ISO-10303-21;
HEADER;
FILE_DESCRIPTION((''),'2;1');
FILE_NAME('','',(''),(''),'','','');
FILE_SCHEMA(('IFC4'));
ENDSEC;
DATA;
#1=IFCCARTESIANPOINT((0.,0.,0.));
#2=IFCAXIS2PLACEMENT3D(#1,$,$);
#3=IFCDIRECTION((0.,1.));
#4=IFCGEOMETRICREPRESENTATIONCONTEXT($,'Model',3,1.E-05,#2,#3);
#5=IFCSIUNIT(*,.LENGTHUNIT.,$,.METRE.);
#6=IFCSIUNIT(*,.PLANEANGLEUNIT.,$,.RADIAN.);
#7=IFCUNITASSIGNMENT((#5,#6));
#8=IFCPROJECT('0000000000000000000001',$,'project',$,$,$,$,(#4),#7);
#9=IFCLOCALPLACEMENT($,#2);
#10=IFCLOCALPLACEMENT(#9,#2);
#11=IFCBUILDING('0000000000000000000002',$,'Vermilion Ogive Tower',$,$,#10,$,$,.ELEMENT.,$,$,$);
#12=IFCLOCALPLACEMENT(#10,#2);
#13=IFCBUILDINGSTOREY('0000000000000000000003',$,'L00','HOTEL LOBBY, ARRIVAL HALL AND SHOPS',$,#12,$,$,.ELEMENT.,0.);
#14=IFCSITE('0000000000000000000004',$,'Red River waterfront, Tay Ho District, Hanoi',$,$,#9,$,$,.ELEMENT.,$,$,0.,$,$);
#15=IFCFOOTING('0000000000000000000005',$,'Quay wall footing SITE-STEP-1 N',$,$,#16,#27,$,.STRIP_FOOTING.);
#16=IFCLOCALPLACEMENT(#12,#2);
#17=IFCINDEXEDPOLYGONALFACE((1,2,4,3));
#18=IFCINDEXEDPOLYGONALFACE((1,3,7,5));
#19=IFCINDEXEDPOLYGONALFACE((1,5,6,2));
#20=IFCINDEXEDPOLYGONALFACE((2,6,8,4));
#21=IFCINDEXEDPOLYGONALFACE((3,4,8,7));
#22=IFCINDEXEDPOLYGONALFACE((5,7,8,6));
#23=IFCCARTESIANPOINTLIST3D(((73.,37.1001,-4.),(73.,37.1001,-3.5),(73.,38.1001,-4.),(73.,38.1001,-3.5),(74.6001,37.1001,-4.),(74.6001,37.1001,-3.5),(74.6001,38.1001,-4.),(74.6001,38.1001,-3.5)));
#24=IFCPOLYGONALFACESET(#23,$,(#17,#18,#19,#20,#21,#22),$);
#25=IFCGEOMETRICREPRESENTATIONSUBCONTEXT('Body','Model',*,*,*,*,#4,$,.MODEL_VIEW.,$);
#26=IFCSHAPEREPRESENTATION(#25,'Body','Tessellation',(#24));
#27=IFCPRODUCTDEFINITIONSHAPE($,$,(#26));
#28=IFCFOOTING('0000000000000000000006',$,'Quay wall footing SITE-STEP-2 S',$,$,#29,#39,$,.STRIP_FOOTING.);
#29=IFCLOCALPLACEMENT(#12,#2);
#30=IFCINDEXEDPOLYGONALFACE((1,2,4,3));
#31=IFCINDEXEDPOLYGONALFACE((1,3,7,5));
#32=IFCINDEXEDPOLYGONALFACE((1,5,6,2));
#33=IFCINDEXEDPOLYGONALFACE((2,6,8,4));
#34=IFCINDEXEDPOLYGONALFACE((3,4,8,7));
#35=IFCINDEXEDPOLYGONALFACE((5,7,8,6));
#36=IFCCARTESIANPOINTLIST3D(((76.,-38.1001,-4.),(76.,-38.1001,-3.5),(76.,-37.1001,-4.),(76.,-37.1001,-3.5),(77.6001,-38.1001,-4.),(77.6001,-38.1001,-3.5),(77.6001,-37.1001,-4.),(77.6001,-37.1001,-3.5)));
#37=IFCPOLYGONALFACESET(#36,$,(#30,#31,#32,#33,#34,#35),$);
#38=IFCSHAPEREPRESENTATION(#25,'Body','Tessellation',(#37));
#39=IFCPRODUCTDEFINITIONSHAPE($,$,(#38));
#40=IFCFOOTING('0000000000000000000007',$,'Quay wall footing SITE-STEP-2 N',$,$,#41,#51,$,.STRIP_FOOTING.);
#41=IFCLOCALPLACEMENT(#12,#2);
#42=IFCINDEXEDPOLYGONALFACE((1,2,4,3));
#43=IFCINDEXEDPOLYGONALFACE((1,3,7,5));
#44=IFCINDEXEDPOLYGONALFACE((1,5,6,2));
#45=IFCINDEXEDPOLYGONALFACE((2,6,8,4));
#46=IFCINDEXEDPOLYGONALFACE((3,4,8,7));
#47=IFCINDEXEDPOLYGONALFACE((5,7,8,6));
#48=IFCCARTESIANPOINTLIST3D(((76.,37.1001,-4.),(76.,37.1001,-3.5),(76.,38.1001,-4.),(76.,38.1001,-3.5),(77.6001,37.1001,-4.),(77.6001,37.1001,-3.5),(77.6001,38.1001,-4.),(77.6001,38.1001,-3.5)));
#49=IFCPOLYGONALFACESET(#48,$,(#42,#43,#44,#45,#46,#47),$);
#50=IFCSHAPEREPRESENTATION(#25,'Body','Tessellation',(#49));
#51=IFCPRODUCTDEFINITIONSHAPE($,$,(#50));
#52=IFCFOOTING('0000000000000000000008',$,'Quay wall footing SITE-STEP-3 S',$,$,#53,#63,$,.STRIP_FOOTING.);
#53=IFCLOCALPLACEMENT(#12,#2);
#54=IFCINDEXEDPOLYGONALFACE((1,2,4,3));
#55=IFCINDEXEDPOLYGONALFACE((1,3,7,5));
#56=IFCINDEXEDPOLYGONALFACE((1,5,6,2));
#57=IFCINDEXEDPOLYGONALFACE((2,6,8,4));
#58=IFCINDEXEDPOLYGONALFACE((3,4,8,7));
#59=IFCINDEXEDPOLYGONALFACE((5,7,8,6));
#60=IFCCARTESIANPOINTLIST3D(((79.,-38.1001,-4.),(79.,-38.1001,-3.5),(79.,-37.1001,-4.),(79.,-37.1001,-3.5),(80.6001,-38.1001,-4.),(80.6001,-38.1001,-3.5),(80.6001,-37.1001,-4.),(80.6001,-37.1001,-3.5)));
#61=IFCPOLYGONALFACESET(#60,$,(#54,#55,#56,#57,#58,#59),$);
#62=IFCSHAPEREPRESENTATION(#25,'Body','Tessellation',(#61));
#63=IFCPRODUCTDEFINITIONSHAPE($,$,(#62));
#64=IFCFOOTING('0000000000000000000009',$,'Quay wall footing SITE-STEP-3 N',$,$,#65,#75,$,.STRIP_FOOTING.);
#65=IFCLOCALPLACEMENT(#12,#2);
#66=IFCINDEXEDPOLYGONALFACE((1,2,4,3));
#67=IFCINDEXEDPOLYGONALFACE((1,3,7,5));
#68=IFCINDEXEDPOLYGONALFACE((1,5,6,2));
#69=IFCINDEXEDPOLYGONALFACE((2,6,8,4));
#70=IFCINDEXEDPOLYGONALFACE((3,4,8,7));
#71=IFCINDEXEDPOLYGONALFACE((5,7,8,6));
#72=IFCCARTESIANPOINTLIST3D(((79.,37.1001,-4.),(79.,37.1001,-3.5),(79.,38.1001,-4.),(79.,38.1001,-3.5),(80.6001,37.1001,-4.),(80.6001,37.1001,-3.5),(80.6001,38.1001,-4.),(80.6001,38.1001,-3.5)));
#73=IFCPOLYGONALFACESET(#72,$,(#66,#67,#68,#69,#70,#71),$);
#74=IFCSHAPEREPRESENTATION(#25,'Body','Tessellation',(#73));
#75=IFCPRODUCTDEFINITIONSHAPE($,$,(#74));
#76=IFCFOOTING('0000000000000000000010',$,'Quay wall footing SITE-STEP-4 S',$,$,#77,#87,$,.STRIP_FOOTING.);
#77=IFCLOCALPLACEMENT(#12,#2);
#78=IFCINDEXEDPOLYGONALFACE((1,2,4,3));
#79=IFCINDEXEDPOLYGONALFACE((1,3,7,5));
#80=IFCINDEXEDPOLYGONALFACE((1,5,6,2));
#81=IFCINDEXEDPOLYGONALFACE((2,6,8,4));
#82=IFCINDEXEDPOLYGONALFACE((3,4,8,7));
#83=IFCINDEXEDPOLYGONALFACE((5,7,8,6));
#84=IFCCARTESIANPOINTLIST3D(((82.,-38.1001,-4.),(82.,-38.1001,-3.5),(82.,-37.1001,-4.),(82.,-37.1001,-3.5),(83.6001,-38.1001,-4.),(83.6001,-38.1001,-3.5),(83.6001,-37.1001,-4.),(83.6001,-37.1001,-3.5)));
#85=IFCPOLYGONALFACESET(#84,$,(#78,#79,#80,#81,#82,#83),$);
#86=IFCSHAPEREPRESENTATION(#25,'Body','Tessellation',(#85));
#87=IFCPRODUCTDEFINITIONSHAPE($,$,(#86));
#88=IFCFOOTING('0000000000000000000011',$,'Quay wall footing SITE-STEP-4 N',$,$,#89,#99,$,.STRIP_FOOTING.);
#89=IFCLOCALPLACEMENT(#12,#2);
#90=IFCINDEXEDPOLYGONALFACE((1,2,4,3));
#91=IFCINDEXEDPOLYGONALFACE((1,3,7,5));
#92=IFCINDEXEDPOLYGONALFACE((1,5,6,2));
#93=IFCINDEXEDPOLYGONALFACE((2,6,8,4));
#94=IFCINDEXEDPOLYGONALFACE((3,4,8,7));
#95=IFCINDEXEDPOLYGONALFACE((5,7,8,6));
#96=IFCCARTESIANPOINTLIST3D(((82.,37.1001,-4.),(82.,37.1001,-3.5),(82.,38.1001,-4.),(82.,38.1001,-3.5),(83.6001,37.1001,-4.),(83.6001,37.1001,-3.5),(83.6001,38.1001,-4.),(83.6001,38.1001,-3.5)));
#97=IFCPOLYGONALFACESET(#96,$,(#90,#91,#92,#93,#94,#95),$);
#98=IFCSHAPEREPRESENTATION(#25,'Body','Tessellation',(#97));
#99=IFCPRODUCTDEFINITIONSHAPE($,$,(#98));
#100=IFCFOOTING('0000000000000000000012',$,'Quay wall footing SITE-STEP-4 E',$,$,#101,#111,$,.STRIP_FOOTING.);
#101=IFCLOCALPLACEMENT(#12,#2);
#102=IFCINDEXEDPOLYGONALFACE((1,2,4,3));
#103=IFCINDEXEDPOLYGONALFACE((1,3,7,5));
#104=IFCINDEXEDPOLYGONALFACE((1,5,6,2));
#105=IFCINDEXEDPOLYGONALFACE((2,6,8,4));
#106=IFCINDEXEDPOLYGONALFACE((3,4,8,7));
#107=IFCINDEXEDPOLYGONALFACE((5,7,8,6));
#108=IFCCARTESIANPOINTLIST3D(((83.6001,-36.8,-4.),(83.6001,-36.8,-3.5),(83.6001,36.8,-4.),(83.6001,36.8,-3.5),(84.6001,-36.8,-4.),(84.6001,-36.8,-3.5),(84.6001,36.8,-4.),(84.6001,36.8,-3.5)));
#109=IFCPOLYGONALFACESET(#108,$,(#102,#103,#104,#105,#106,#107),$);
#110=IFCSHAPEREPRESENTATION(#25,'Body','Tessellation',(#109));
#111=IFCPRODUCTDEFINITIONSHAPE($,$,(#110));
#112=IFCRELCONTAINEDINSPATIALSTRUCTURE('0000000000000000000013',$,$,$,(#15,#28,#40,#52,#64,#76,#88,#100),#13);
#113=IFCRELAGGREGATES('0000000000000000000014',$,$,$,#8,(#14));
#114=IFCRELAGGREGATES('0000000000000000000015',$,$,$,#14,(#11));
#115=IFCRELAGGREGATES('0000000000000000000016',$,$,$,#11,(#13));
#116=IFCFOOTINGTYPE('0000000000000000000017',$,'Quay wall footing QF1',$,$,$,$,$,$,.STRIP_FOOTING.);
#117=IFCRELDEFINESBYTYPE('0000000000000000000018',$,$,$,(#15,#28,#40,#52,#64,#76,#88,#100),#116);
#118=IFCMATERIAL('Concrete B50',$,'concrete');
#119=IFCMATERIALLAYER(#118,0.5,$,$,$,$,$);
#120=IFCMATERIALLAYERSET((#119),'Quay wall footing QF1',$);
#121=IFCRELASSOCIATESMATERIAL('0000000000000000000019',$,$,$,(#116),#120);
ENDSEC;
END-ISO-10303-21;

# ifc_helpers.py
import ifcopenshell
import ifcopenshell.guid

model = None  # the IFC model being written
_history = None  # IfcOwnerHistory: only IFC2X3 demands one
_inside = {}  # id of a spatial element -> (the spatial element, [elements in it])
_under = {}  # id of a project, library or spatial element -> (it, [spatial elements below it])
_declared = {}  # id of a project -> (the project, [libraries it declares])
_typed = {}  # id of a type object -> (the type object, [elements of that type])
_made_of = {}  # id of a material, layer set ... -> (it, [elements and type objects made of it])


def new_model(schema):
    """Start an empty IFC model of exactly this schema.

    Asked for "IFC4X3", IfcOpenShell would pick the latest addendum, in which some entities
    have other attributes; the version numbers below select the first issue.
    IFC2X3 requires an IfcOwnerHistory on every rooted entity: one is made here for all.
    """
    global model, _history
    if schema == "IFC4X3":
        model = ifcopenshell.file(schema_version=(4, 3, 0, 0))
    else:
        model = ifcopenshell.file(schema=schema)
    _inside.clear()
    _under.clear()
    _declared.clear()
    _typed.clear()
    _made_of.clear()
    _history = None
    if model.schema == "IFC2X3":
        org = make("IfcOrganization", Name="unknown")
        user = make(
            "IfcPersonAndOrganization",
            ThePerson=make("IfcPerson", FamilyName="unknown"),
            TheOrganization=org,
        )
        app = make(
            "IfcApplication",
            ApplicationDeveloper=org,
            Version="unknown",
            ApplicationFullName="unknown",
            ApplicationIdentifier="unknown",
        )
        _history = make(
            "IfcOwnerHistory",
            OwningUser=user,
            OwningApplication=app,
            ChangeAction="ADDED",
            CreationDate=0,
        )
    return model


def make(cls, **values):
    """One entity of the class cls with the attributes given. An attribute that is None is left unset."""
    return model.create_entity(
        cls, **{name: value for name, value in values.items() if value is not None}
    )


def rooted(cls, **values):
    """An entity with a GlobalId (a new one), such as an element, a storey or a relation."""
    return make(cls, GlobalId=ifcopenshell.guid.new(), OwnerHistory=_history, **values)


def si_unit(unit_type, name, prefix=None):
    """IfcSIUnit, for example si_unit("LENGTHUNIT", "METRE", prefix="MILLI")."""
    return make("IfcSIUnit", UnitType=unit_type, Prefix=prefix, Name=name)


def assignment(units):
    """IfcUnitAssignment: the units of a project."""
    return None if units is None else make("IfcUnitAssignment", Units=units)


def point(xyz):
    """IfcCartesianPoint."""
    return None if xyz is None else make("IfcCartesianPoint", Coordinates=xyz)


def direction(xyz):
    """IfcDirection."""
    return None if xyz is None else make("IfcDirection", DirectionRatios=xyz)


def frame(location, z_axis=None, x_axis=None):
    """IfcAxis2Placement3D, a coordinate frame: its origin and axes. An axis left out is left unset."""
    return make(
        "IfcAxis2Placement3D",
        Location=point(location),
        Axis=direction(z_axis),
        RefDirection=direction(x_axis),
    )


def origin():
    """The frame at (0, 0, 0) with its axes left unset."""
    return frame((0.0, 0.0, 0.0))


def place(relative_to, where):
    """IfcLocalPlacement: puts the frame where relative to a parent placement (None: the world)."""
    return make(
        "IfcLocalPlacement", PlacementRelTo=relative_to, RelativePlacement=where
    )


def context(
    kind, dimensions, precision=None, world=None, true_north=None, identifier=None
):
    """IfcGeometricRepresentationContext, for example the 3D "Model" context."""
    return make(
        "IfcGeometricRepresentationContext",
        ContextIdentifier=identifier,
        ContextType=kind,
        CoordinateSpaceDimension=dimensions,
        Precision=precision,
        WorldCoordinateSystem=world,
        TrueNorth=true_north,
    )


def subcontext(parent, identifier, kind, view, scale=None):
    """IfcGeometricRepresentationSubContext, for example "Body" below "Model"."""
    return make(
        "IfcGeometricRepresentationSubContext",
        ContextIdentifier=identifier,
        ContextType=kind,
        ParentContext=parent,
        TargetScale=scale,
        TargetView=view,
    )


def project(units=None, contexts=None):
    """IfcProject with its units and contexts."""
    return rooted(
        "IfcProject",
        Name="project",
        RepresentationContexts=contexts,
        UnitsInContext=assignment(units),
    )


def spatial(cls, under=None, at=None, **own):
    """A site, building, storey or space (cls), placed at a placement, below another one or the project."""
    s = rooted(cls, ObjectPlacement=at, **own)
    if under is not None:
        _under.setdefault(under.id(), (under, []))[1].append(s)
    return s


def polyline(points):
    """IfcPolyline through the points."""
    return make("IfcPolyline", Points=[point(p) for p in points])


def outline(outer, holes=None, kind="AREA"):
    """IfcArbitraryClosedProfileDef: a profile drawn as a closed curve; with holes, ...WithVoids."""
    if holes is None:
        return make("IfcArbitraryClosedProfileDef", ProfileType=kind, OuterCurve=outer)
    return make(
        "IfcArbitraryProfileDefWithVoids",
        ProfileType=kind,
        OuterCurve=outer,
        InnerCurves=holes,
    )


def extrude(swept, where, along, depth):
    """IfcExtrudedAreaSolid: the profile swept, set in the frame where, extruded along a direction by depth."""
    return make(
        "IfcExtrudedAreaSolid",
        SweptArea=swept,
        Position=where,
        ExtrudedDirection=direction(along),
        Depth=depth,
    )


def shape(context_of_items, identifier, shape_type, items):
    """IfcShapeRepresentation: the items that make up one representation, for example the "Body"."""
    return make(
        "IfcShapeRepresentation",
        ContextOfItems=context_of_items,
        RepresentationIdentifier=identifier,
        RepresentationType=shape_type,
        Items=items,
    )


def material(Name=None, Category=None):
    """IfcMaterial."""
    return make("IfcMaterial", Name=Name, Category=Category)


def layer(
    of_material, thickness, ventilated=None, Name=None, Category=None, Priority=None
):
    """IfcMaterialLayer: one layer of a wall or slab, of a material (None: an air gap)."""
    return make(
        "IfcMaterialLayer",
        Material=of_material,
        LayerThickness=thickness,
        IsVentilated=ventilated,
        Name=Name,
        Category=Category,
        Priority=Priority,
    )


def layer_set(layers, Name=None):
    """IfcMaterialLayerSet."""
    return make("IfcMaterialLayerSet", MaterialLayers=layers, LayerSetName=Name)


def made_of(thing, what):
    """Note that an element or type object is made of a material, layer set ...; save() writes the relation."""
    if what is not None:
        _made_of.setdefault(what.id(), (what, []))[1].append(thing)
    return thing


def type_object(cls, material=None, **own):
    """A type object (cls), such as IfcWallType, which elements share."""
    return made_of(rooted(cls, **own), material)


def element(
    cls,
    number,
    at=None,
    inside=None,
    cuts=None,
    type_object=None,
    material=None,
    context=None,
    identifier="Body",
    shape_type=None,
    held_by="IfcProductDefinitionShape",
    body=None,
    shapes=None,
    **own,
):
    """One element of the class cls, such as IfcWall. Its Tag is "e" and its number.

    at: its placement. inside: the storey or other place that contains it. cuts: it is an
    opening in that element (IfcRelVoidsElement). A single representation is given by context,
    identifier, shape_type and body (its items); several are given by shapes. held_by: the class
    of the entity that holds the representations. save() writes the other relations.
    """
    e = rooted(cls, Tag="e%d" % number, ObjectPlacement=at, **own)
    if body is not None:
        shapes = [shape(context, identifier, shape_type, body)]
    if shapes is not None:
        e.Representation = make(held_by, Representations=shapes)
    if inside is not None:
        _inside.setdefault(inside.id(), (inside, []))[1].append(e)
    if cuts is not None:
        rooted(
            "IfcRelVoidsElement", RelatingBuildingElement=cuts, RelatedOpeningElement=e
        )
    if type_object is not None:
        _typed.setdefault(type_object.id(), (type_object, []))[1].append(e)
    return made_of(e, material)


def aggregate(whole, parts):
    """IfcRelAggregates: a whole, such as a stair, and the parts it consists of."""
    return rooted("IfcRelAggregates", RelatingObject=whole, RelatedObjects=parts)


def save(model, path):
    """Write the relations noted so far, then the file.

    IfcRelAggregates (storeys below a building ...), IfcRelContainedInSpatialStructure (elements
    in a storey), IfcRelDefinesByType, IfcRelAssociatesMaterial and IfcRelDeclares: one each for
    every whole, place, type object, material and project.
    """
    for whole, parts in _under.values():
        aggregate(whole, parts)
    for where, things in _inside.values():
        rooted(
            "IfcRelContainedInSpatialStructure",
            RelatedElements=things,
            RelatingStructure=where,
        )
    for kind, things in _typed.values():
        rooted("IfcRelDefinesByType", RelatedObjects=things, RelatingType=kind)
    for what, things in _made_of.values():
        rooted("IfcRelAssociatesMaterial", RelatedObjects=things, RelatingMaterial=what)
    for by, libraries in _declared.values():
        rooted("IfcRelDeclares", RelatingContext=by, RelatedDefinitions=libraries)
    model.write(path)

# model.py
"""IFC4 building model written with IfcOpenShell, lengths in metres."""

from ifc_helpers import new_model, si_unit, direction, frame, origin, place, context, subcontext, project, spatial, polyline, outline, extrude, material, layer, layer_set, type_object, element, save


model = new_model("IFC4")

# Units and contexts
model_context = context("Model", 3, precision=1e-05, world=origin(), true_north=direction((0.0, 1.0)))
body_context = subcontext(model_context, "Body", "Model", "MODEL_VIEW")
ifc_project = project(units=[si_unit("LENGTHUNIT", "METRE"), si_unit("PLANEANGLEUNIT", "RADIAN")], contexts=[model_context])

# Site, building, storey
site_placement = place(None, origin())
site = spatial("IfcSite", under=ifc_project, at=site_placement, Name="Red River waterfront, Tay Ho District, Hanoi", CompositionType="ELEMENT", RefElevation=0.0)
building_placement = place(site_placement, origin())
building = spatial("IfcBuilding", under=site, at=building_placement, Name="Vermilion Ogive Tower", CompositionType="ELEMENT")
storey_placement = place(building_placement, origin())
storey = spatial("IfcBuildingStorey", under=building, at=storey_placement, Name="L00", Description="HOTEL LOBBY, ARRIVAL HALL AND SHOPS", CompositionType="ELEMENT", Elevation=0.0)

# Footings
ifc_material_1 = material(Name="Concrete B50", Category="concrete")
ifc_layer_1 = layer(ifc_material_1, 0.5)
ifc_layer_set_1 = layer_set([ifc_layer_1], Name="Quay wall footing QF1")
footing_type_1 = type_object("IfcFootingType", Name="Quay wall footing QF1", PredefinedType="STRIP_FOOTING", material=ifc_layer_set_1)
footing_1_placement = place(storey_placement, frame((0.0, 0.0, -4.0)))
element("IfcFooting", 1, at=footing_1_placement, inside=storey, type_object=footing_type_1, Name="Quay wall footing SITE-STEP-1 N", PredefinedType="STRIP_FOOTING", context=body_context, shape_type="SweptSolid", body=[
    extrude(outline(polyline([(74.6001, 37.1001), (74.6001, 38.1001), (73.0, 38.1001), (73.0, 37.1001), (74.6001, 37.1001)])), origin(), (0.0, 0.0, 1.0), 0.5),
])
footing_2_placement = place(storey_placement, frame((0.0, 0.0, -4.0)))
element("IfcFooting", 2, at=footing_2_placement, inside=storey, type_object=footing_type_1, Name="Quay wall footing SITE-STEP-2 S", PredefinedType="STRIP_FOOTING", context=body_context, shape_type="SweptSolid", body=[
    extrude(outline(polyline([(77.6001, -38.1001), (77.6001, -37.1001), (76.0, -37.1001), (76.0, -38.1001), (77.6001, -38.1001)])), origin(), (0.0, 0.0, 1.0), 0.5),
])
footing_3_placement = place(storey_placement, frame((0.0, 0.0, -4.0)))
element("IfcFooting", 3, at=footing_3_placement, inside=storey, type_object=footing_type_1, Name="Quay wall footing SITE-STEP-2 N", PredefinedType="STRIP_FOOTING", context=body_context, shape_type="SweptSolid", body=[
    extrude(outline(polyline([(77.6001, 37.1001), (77.6001, 38.1001), (76.0, 38.1001), (76.0, 37.1001), (77.6001, 37.1001)])), origin(), (0.0, 0.0, 1.0), 0.5),
])
footing_4_placement = place(storey_placement, frame((0.0, 0.0, -4.0)))
element("IfcFooting", 4, at=footing_4_placement, inside=storey, type_object=footing_type_1, Name="Quay wall footing SITE-STEP-3 S", PredefinedType="STRIP_FOOTING", context=body_context, shape_type="SweptSolid", body=[
    extrude(outline(polyline([(80.6001, -38.1001), (80.6001, -37.1001), (79.0, -37.1001), (79.0, -38.1001), (80.6001, -38.1001)])), origin(), (0.0, 0.0, 1.0), 0.5),
])
footing_5_placement = place(storey_placement, frame((0.0, 0.0, -4.0)))
element("IfcFooting", 5, at=footing_5_placement, inside=storey, type_object=footing_type_1, Name="Quay wall footing SITE-STEP-3 N", PredefinedType="STRIP_FOOTING", context=body_context, shape_type="SweptSolid", body=[
    extrude(outline(polyline([(80.6001, 37.1001), (80.6001, 38.1001), (79.0, 38.1001), (79.0, 37.1001), (80.6001, 37.1001)])), origin(), (0.0, 0.0, 1.0), 0.5),
])
footing_6_placement = place(storey_placement, frame((0.0, 0.0, -4.0)))
element("IfcFooting", 6, at=footing_6_placement, inside=storey, type_object=footing_type_1, Name="Quay wall footing SITE-STEP-4 S", PredefinedType="STRIP_FOOTING", context=body_context, shape_type="SweptSolid", body=[
    extrude(outline(polyline([(83.6001, -38.1001), (83.6001, -37.1001), (82.0, -37.1001), (82.0, -38.1001), (83.6001, -38.1001)])), origin(), (0.0, 0.0, 1.0), 0.5),
])
footing_7_placement = place(storey_placement, frame((0.0, 0.0, -4.0)))
element("IfcFooting", 7, at=footing_7_placement, inside=storey, type_object=footing_type_1, Name="Quay wall footing SITE-STEP-4 N", PredefinedType="STRIP_FOOTING", context=body_context, shape_type="SweptSolid", body=[
    extrude(outline(polyline([(83.6001, 37.1001), (83.6001, 38.1001), (82.0, 38.1001), (82.0, 37.1001), (83.6001, 37.1001)])), origin(), (0.0, 0.0, 1.0), 0.5),
])
footing_8_placement = place(storey_placement, frame((0.0, 0.0, -4.0)))
element("IfcFooting", 8, at=footing_8_placement, inside=storey, type_object=footing_type_1, Name="Quay wall footing SITE-STEP-4 E", PredefinedType="STRIP_FOOTING", context=body_context, shape_type="SweptSolid", body=[
    extrude(outline(polyline([(84.6001, -36.8), (84.6001, 36.8), (83.6001, 36.8), (83.6001, -36.8), (84.6001, -36.8)])), origin(), (0.0, 0.0, 1.0), 0.5),
])

save(model, "model.ifc")
